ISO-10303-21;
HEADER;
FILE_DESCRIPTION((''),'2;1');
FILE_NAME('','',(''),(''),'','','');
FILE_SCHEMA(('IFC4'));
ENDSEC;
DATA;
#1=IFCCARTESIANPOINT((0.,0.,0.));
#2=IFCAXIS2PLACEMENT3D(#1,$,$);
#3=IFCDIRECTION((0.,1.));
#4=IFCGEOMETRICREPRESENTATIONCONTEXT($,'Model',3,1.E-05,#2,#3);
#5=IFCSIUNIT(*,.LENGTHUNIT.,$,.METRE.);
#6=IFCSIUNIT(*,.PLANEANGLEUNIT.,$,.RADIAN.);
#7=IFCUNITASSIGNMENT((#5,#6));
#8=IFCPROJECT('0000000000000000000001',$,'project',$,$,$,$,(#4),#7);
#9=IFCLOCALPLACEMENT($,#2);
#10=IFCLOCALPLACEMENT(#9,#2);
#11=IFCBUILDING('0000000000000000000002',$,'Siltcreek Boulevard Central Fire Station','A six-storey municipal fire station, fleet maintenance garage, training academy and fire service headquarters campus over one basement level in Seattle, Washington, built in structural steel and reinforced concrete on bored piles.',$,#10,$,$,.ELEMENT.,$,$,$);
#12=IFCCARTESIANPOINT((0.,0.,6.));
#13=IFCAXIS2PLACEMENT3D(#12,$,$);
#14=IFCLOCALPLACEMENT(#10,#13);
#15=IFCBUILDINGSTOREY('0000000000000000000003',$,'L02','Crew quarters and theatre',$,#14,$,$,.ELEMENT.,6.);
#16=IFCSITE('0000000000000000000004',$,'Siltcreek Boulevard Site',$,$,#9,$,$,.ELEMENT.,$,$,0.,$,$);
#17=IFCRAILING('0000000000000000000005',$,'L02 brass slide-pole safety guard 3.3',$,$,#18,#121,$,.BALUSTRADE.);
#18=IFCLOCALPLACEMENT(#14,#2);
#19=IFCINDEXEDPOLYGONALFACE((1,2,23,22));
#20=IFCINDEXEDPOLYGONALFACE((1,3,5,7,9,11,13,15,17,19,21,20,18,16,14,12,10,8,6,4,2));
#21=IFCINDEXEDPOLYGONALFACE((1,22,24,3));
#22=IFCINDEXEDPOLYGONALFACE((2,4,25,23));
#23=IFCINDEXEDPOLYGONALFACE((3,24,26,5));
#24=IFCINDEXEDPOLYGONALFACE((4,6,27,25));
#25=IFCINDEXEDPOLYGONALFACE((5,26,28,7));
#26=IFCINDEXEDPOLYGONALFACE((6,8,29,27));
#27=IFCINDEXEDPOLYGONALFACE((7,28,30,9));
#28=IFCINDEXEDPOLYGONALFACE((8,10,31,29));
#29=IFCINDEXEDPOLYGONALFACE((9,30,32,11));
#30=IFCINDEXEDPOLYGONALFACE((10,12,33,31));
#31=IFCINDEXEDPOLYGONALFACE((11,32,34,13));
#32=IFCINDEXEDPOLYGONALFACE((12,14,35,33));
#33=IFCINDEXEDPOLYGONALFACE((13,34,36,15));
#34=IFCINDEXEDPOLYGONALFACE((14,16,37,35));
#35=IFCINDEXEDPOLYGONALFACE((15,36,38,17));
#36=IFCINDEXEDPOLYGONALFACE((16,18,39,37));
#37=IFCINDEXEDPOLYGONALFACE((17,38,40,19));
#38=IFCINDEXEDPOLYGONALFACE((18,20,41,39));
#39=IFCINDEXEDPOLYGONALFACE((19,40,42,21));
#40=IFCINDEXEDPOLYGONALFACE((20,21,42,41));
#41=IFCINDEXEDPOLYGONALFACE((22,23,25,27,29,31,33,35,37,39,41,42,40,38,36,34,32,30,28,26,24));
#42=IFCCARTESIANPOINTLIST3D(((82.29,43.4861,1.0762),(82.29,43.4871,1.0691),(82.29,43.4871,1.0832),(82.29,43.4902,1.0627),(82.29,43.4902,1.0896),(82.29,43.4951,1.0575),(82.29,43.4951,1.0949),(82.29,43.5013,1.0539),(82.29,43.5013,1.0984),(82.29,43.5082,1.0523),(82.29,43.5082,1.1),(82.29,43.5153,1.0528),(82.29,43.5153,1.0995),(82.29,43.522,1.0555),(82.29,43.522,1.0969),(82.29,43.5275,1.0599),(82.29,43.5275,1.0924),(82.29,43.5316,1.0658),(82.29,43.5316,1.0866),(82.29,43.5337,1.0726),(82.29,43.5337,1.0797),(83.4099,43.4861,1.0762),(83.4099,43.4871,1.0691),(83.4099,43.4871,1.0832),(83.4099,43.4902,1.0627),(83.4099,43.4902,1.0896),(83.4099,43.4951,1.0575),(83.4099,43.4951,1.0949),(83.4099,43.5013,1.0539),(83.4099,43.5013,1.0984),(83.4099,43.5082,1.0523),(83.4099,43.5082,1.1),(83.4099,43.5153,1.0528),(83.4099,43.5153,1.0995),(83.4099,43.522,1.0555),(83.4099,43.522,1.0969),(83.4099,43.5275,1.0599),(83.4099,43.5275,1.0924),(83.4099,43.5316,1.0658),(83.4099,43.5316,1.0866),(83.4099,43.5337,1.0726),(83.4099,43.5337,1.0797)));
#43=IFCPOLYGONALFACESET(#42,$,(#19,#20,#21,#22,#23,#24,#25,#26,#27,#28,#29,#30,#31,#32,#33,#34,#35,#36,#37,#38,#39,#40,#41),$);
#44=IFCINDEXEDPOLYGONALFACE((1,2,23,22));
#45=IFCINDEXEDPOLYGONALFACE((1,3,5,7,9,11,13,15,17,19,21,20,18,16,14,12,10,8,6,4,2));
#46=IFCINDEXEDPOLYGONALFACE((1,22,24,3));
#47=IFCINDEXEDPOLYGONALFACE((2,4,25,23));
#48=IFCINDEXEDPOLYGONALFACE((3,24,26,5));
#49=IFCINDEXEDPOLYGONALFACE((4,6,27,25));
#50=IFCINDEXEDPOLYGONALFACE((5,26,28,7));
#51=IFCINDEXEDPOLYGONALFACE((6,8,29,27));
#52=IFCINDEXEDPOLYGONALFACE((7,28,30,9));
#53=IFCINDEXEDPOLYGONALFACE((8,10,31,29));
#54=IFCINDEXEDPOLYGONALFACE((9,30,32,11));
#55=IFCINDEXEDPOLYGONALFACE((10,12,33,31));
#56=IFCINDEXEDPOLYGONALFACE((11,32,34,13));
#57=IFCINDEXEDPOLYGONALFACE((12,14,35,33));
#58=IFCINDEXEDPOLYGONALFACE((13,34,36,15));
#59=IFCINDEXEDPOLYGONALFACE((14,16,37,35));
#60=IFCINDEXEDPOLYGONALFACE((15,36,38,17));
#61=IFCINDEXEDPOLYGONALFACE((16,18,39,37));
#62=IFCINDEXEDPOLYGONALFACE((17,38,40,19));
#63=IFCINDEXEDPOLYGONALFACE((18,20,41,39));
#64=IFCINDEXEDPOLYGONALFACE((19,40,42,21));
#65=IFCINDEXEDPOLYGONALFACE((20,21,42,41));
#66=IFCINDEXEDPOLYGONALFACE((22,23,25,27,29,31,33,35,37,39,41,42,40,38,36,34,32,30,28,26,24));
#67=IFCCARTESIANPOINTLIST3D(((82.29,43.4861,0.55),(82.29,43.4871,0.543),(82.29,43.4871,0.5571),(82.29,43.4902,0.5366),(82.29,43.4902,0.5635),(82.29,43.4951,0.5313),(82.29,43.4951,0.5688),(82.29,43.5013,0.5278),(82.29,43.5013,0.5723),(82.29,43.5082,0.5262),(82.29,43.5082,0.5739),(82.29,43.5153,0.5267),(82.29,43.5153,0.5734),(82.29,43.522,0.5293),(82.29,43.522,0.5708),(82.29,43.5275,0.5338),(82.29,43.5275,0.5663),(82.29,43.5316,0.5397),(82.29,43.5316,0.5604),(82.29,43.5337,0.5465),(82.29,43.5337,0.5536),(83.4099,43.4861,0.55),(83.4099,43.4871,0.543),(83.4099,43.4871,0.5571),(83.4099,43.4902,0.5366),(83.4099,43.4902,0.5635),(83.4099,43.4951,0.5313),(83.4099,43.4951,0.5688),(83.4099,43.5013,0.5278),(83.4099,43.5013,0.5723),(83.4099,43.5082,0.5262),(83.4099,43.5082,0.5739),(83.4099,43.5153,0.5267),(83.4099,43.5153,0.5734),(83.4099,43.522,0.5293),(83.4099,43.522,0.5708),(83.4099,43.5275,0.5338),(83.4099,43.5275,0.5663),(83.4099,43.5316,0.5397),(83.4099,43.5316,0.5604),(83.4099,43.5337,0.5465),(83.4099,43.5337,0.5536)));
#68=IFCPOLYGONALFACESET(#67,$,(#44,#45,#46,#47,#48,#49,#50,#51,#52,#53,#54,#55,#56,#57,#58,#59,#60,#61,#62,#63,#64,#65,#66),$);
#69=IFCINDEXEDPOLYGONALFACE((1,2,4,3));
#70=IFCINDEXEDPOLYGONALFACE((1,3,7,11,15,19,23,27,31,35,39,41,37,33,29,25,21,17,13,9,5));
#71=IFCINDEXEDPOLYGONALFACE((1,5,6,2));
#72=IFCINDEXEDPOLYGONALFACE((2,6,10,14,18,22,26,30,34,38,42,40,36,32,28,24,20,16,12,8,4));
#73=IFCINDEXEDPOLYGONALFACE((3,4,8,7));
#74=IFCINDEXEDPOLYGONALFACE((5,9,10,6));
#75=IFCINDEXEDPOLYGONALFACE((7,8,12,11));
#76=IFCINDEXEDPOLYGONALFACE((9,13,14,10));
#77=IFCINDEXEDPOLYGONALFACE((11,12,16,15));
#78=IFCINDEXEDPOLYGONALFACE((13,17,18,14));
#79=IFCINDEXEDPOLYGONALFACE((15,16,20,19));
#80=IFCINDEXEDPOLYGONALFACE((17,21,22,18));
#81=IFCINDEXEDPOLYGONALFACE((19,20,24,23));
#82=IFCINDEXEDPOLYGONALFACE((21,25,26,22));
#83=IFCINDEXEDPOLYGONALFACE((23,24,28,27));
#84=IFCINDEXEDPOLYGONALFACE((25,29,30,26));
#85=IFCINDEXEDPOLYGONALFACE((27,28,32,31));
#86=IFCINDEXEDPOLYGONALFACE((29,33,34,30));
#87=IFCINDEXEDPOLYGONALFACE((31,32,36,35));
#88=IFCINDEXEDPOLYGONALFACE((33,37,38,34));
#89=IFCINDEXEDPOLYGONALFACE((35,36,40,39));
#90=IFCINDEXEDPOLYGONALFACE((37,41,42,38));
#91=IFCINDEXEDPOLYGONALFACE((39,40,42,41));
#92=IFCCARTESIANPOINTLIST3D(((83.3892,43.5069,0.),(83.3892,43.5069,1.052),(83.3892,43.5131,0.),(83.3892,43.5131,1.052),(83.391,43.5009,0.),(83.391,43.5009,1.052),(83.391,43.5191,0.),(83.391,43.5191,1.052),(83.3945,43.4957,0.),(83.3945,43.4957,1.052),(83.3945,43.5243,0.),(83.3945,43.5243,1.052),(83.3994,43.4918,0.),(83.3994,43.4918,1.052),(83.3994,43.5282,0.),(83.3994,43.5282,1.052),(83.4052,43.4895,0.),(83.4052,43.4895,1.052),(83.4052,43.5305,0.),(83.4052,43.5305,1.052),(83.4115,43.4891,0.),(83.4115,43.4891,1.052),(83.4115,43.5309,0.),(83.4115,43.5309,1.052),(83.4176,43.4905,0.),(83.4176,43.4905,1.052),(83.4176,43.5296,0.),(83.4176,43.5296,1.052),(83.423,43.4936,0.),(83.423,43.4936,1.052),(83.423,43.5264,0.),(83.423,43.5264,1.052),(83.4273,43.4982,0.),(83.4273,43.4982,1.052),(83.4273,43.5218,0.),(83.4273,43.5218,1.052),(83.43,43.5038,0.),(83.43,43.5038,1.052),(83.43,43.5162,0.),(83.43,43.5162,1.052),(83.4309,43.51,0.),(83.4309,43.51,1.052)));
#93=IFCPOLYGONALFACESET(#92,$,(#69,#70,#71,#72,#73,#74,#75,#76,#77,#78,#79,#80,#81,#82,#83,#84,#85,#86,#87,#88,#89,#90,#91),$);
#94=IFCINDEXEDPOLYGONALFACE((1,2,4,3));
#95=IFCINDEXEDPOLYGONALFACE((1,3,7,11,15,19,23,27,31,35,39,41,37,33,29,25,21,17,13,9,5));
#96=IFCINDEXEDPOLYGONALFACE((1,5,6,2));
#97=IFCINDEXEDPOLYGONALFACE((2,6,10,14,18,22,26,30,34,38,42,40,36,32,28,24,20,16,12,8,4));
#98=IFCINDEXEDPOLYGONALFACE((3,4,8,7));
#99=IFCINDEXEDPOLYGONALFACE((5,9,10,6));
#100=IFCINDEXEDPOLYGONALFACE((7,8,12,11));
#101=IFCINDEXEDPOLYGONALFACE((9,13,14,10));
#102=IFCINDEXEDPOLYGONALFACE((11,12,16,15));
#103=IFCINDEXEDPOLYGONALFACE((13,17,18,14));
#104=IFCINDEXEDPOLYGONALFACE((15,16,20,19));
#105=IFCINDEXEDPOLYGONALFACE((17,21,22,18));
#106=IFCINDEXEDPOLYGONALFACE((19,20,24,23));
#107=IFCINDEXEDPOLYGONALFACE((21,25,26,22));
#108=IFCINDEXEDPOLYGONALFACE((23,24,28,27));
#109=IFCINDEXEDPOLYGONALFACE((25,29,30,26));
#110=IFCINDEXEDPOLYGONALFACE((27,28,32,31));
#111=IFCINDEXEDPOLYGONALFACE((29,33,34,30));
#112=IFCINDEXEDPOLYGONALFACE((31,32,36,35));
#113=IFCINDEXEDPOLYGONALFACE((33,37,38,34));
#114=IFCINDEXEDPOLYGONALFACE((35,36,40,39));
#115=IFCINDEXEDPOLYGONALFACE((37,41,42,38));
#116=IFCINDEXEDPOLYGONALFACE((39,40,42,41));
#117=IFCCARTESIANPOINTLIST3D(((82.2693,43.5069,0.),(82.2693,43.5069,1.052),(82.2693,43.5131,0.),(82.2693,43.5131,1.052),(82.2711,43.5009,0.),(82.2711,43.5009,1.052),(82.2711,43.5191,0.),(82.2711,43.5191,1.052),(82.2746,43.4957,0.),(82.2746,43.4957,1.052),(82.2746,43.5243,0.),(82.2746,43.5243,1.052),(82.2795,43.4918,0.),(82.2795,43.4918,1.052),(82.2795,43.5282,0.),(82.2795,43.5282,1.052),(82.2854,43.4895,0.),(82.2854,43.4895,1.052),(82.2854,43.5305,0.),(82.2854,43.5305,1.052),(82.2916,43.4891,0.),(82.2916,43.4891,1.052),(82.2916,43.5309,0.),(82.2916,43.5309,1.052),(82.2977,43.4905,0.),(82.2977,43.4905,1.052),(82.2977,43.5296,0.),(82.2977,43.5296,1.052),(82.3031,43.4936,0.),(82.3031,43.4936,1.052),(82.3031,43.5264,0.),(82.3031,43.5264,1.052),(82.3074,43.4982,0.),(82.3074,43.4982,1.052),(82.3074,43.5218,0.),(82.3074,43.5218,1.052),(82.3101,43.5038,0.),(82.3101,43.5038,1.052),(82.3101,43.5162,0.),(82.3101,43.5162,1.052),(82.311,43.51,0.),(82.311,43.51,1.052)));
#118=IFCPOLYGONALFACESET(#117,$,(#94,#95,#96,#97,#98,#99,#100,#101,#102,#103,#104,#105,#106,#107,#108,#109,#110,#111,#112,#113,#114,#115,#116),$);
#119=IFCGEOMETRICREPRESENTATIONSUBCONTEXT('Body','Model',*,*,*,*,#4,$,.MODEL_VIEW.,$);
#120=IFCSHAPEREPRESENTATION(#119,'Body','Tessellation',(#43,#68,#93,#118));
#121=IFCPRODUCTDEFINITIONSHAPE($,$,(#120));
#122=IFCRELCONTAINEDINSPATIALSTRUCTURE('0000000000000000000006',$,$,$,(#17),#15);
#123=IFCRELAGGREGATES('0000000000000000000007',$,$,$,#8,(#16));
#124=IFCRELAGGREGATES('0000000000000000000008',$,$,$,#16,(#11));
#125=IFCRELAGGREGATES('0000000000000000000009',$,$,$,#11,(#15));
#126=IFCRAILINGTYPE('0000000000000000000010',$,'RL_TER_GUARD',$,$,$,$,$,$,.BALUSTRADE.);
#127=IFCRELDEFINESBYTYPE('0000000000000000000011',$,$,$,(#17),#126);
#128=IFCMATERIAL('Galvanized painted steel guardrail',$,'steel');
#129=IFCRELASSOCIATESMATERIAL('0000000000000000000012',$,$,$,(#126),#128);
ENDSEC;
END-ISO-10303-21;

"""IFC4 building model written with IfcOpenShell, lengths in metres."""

from ifc_helpers import new_model, si_unit, direction, frame, origin, origin_2d, place, context, subcontext, project, spatial, circle, extrude, material, type_object, element, save


model = new_model("IFC4")

# Units and contexts
model_context = context("Model", 3, precision=1e-05, world=origin(), true_north=direction((0.0, 1.0)))
body_context = subcontext(model_context, "Body", "Model", "MODEL_VIEW")
ifc_project = project(units=[si_unit("LENGTHUNIT", "METRE"), si_unit("PLANEANGLEUNIT", "RADIAN")], contexts=[model_context])

# Site, building, storey
site_placement = place(None, origin())
site = spatial("IfcSite", under=ifc_project, at=site_placement, Name="Siltcreek Boulevard Site", CompositionType="ELEMENT", RefElevation=0.0)
building_placement = place(site_placement, origin())
building = spatial("IfcBuilding", under=site, at=building_placement, Name="Siltcreek Boulevard Central Fire Station", Description="A six-storey municipal fire station, fleet maintenance garage, training academy and fire service headquarters campus over one basement level in Seattle, Washington, built in structural steel and reinforced concrete on bored piles.", CompositionType="ELEMENT")
storey_placement = place(building_placement, frame((0.0, 0.0, 6.0)))
storey = spatial("IfcBuildingStorey", under=building, at=storey_placement, Name="L02", Description="Crew quarters and theatre", CompositionType="ELEMENT", Elevation=6.0)

# Railing
ifc_material_1 = material(Name="Galvanized painted steel guardrail", Category="steel")
railing_type = type_object("IfcRailingType", Name="RL_TER_GUARD", PredefinedType="BALUSTRADE", material=ifc_material_1)
railing_1_placement = place(storey_placement, frame((83.4099, 43.51, 0.0)))
element("IfcRailing", 1, at=railing_1_placement, inside=storey, type_object=railing_type, Name="L02 brass slide-pole safety guard 3.3", PredefinedType="BALUSTRADE", context=body_context, shape_type="SweptSolid", body=[
    extrude(circle(Radius=0.0239, at=origin_2d()), frame((0.0, 0.0, 1.0762), z_axis=(-1.0, 0.0, 0.0), x_axis=(0.0, -1.0, 0.0)), (0.0, 0.0, 1.0), 1.1199),
    extrude(circle(Radius=0.0239, at=origin_2d()), frame((0.0, 0.0, 0.55), z_axis=(-1.0, 0.0, 0.0), x_axis=(0.0, -1.0, 0.0)), (0.0, 0.0, 1.0), 1.1199),
    extrude(circle(Radius=0.021, at=origin_2d()), origin(), (0.0, 0.0, 1.0), 1.052),
    extrude(circle(Radius=0.021, at=origin_2d()), frame((-1.1199, 0.0, 0.0)), (0.0, 0.0, 1.0), 1.052),
])

save(model, "model.ifc")
